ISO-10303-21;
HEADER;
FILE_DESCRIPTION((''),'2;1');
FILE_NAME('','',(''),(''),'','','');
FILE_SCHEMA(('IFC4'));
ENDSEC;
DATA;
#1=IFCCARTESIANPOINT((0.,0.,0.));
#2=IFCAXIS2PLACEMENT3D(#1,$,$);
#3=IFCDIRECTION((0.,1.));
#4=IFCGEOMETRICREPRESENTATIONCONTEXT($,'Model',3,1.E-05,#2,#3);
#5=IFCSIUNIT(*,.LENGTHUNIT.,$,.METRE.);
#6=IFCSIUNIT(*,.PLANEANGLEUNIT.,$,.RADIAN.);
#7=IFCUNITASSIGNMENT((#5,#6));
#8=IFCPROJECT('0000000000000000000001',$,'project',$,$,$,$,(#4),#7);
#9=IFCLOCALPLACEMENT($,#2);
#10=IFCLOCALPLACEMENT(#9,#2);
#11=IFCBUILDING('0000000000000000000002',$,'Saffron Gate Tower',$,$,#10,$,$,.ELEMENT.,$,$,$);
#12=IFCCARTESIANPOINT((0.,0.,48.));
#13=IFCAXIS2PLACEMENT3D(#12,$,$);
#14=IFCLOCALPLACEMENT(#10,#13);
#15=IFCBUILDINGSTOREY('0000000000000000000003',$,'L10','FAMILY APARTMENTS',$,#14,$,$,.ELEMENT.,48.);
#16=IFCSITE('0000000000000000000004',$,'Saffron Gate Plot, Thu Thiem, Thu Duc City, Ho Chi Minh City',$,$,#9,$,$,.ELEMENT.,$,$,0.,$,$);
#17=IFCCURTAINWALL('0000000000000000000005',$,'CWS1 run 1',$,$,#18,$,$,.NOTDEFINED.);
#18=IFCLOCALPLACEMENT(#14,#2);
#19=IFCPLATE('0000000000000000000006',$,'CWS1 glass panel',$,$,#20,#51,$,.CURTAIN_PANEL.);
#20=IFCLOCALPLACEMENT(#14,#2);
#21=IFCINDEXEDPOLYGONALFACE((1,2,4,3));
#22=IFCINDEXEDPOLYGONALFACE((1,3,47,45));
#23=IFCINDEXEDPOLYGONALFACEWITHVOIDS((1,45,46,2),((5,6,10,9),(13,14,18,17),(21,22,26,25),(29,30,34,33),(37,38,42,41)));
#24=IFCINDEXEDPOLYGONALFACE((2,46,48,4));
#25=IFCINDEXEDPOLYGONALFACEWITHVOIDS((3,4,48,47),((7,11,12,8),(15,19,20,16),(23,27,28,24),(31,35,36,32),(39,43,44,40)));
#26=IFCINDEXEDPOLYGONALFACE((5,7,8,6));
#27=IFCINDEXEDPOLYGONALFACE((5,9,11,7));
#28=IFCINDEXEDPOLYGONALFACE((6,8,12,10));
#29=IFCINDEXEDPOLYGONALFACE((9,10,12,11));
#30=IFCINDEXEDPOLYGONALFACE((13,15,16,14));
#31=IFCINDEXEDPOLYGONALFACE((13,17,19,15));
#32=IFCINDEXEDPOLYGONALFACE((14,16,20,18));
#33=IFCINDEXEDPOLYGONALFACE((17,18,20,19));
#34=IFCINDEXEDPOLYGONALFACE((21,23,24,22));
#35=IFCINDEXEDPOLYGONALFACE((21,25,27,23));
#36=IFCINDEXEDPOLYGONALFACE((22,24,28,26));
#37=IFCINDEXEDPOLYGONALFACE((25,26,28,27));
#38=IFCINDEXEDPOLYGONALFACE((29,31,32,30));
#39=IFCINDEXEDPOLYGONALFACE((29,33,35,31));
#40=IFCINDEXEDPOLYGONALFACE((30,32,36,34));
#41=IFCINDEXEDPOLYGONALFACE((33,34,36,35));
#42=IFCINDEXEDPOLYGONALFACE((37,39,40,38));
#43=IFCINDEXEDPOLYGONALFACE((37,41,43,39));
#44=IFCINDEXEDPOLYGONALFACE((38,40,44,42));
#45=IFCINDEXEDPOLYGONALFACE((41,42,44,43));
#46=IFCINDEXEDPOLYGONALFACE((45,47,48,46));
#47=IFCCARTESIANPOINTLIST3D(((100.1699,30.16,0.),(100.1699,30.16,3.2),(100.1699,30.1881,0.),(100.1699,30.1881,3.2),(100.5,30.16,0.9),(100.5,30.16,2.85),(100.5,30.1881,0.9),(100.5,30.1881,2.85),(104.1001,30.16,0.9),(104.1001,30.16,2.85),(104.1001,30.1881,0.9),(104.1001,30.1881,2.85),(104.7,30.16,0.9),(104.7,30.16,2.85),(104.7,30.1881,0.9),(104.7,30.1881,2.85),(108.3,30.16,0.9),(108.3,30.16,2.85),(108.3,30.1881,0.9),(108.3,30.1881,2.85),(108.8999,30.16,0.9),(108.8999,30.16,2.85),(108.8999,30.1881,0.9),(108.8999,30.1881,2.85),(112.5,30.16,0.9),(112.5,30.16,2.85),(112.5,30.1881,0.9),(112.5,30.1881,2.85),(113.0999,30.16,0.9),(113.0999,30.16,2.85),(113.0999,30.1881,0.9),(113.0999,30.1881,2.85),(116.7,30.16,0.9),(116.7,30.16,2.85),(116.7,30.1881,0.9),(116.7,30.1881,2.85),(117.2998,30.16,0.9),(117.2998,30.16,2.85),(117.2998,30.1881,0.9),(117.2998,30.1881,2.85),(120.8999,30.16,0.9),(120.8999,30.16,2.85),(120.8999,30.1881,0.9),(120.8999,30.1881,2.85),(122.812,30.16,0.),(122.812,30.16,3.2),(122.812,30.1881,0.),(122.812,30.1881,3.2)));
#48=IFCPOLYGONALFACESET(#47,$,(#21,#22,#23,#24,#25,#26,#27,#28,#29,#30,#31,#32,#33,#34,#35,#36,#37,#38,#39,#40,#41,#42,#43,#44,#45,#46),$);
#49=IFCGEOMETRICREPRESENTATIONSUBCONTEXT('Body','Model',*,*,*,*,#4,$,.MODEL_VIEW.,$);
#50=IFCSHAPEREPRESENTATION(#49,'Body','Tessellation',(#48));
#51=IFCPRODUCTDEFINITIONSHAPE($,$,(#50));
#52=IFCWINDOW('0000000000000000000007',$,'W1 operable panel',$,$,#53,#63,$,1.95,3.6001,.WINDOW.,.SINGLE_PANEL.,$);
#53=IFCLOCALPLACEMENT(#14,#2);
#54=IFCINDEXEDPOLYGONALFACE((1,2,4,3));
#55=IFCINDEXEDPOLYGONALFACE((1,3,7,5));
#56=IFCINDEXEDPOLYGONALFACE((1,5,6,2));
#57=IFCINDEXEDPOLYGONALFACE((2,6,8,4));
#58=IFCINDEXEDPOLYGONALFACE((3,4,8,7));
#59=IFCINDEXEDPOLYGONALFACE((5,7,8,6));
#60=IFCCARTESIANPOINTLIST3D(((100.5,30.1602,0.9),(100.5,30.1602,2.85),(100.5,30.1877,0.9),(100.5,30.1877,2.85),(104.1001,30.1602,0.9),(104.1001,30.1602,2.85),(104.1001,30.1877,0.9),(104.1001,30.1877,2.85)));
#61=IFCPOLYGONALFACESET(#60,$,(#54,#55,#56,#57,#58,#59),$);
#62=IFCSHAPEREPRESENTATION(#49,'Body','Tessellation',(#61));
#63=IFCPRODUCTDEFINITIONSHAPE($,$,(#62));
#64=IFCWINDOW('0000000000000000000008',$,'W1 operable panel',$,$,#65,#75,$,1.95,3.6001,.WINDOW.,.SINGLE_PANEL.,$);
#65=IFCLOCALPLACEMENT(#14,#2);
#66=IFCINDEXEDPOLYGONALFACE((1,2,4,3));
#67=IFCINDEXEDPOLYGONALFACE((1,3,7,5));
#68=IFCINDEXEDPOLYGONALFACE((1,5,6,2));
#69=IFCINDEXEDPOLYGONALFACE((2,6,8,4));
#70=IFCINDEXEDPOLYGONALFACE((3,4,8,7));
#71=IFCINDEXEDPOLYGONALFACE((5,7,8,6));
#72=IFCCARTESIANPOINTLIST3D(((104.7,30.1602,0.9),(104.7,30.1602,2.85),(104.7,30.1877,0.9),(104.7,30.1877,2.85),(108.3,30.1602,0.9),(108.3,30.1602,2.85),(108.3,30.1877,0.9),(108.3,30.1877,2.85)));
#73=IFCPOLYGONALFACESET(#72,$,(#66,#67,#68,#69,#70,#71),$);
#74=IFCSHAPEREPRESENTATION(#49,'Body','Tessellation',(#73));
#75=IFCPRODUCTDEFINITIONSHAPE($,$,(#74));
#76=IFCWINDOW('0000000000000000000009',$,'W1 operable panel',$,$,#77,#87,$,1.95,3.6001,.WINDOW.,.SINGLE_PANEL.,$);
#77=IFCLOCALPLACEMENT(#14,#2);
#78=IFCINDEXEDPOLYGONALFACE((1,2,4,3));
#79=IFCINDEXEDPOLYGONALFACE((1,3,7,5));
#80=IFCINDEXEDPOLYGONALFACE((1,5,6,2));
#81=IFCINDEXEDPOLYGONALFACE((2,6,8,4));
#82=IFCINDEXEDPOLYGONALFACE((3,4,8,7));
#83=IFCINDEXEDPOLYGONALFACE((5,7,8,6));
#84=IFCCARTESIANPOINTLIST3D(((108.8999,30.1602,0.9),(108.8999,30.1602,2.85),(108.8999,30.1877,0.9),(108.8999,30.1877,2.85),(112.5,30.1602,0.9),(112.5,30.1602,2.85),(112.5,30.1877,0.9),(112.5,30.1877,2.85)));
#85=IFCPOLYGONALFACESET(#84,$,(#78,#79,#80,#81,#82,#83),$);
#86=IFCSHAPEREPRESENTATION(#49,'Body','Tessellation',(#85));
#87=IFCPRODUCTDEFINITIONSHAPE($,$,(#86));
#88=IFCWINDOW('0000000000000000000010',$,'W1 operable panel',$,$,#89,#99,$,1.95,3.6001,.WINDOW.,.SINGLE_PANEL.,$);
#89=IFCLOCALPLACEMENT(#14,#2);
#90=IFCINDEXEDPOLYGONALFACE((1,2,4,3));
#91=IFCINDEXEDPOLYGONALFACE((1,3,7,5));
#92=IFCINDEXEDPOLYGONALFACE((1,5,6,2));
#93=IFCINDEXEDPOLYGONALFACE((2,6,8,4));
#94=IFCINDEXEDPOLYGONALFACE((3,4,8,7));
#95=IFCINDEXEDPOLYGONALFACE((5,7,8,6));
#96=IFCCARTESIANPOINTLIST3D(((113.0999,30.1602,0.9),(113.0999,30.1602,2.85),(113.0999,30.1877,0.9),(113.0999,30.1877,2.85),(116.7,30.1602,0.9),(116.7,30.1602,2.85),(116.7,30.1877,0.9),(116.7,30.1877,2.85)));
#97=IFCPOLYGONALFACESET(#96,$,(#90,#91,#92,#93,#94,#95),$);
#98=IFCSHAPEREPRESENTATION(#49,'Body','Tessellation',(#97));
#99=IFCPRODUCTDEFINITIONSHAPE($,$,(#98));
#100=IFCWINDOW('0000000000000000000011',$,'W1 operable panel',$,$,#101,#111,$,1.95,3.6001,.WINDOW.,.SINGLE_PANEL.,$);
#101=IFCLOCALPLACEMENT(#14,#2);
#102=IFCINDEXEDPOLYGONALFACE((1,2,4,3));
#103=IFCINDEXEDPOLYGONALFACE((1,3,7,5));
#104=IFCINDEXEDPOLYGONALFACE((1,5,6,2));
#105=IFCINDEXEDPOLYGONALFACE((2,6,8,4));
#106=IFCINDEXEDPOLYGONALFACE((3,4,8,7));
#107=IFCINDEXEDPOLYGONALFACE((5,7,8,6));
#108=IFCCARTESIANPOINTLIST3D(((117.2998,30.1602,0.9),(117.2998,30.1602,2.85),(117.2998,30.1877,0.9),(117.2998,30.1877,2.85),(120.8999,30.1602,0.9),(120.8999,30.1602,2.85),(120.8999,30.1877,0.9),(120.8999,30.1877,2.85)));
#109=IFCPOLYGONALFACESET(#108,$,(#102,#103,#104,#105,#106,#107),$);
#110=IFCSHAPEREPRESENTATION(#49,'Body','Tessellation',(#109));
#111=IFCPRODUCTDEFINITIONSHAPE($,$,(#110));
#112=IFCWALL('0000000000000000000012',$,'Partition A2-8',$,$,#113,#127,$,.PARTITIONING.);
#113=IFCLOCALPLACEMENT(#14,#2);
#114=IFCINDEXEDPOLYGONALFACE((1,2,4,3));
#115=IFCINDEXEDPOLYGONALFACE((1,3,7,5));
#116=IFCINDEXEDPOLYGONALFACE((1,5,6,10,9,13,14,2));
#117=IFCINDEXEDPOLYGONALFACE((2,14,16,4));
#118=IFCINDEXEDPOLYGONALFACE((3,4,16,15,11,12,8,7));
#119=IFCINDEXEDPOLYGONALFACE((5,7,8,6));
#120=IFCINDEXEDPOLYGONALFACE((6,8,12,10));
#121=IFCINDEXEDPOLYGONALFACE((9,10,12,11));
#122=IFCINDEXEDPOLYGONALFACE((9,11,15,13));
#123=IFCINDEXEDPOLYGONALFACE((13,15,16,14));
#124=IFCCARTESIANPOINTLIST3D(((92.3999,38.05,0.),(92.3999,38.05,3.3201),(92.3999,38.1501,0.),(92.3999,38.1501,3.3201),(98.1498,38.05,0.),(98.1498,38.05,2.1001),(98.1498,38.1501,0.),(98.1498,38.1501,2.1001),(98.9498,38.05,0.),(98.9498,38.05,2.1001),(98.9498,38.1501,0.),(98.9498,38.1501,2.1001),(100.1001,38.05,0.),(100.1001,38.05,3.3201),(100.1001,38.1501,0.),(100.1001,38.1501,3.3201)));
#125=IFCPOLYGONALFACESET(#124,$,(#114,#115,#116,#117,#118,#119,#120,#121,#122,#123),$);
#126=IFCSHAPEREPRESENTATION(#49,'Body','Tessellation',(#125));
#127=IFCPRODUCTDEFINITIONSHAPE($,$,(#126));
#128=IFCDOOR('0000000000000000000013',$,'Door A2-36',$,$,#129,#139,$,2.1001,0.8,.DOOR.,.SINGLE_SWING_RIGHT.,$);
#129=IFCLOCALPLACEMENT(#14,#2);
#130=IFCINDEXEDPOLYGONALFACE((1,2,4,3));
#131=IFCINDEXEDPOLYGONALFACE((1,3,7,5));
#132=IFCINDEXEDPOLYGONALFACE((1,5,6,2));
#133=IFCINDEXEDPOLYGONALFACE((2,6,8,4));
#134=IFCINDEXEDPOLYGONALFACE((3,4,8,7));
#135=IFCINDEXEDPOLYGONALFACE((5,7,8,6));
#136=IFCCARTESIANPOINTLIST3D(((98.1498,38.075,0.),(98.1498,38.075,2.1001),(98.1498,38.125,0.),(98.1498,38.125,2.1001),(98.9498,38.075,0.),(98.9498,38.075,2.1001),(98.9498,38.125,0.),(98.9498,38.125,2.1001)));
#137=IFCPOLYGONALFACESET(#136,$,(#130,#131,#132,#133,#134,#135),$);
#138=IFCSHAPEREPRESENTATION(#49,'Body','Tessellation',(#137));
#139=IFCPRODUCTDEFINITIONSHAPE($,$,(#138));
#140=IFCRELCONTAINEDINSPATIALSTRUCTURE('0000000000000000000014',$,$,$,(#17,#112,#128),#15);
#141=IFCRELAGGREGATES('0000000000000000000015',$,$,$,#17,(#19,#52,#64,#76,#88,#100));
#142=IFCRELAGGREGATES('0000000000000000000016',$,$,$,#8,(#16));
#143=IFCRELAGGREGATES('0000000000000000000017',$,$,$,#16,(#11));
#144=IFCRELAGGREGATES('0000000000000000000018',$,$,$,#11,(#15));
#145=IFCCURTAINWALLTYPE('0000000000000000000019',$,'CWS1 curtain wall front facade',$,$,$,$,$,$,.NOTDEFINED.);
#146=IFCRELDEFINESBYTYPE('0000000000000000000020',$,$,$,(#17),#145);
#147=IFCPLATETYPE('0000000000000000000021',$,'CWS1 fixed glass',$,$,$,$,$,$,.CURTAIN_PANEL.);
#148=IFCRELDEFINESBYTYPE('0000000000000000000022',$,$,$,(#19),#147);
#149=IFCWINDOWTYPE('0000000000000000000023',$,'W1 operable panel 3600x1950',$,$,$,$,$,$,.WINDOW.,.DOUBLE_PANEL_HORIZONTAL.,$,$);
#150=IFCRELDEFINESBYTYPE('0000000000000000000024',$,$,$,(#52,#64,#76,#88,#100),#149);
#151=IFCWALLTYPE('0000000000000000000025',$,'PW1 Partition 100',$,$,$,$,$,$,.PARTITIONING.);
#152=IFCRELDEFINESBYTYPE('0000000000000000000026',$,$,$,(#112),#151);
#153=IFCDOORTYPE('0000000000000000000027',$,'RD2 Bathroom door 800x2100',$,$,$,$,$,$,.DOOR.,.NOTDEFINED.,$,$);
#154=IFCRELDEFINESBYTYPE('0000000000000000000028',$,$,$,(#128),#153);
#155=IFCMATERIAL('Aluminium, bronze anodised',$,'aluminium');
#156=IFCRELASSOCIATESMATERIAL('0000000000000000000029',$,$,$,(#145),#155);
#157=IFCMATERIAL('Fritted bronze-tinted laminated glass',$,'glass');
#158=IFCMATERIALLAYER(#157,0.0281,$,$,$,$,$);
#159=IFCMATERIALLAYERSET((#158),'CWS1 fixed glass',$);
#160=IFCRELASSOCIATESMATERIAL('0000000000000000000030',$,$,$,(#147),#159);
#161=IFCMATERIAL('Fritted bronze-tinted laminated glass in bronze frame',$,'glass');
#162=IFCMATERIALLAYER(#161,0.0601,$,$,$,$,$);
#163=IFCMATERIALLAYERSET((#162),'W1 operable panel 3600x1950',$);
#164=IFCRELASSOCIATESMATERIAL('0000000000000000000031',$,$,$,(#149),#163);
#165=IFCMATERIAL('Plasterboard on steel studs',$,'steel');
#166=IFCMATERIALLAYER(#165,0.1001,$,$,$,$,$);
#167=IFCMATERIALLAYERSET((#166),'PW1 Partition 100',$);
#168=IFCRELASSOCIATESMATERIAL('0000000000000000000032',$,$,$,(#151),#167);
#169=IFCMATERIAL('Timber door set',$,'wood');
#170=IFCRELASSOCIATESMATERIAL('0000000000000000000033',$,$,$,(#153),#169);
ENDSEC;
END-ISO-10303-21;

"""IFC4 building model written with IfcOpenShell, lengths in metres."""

from ifc_helpers import new_model, si_unit, direction, frame, frame_2d, origin, place, context, subcontext, project, spatial, rectangle, extrude, material, layer, layer_set, type_object, element, fill, aggregate, save


model = new_model("IFC4")

# Units and contexts
model_context = context("Model", 3, precision=1e-05, world=origin(), true_north=direction((0.0, 1.0)))
body_context = subcontext(model_context, "Body", "Model", "MODEL_VIEW")
ifc_project = project(units=[si_unit("LENGTHUNIT", "METRE"), si_unit("PLANEANGLEUNIT", "RADIAN")], contexts=[model_context])

# Site, building, storey
site_placement = place(None, origin())
site = spatial("IfcSite", under=ifc_project, at=site_placement, Name="Saffron Gate Plot, Thu Thiem, Thu Duc City, Ho Chi Minh City", CompositionType="ELEMENT", RefElevation=0.0)
building_placement = place(site_placement, origin())
building = spatial("IfcBuilding", under=site, at=building_placement, Name="Saffron Gate Tower", CompositionType="ELEMENT")
storey_placement = place(building_placement, frame((0.0, 0.0, 48.0)))
storey = spatial("IfcBuildingStorey", under=building, at=storey_placement, Name="L10", Description="FAMILY APARTMENTS", CompositionType="ELEMENT", Elevation=48.0)

# Curtain wall, plate, openings, windows
ifc_material_1 = material(Name="Aluminium, bronze anodised", Category="aluminium")
curtain_wall_type = type_object("IfcCurtainWallType", Name="CWS1 curtain wall front facade", PredefinedType="NOTDEFINED", material=ifc_material_1)
curtain_wall_placement = place(storey_placement, origin())
curtain_wall = element("IfcCurtainWall", 1, at=curtain_wall_placement, inside=storey, type_object=curtain_wall_type, Name="CWS1 run 1", PredefinedType="NOTDEFINED")
ifc_material_2 = material(Name="Fritted bronze-tinted laminated glass", Category="glass")
ifc_layer_1 = layer(ifc_material_2, 0.0281)
ifc_layer_set_1 = layer_set([ifc_layer_1], Name="CWS1 fixed glass")
plate_type = type_object("IfcPlateType", Name="CWS1 fixed glass", PredefinedType="CURTAIN_PANEL", material=ifc_layer_set_1)
plate_placement = place(storey_placement, frame((100.1699, 30.1741, 0.0), z_axis=(0.0, 0.0, 1.0), x_axis=(1.0, 0.0, 0.0)))
plate = element("IfcPlate", 2, at=plate_placement, type_object=plate_type, Name="CWS1 glass panel", PredefinedType="CURTAIN_PANEL", context=body_context, shape_type="SweptSolid", body=[
    extrude(rectangle(XDim=22.6421, YDim=0.0281, at=frame_2d((11.321, 0.0))), origin(), (0.0, 0.0, 1.0), 3.2),
])
opening_1_placement = place(plate_placement, frame((0.3301, 0.0, 0.8999)))
opening_1 = element("IfcOpeningElement", 3, at=opening_1_placement, cuts=plate, PredefinedType="OPENING", context=body_context, shape_type="SweptSolid", body=[
    extrude(rectangle(XDim=3.6001, YDim=1.95, at=frame_2d((1.8, 0.9751))), frame((0.0, 0.0239, 0.0), z_axis=(0.0, -1.0, 0.0), x_axis=(1.0, 0.0, 0.0)), (0.0, 0.0, 1.0), 0.0481),
])
opening_2_placement = place(plate_placement, frame((4.53, 0.0, 0.8999)))
opening_2 = element("IfcOpeningElement", 4, at=opening_2_placement, cuts=plate, PredefinedType="OPENING", context=body_context, shape_type="SweptSolid", body=[
    extrude(rectangle(XDim=3.6001, YDim=1.95, at=frame_2d((1.8, 0.9751))), frame((0.0, 0.0239, 0.0), z_axis=(0.0, -1.0, 0.0), x_axis=(1.0, 0.0, 0.0)), (0.0, 0.0, 1.0), 0.0481),
])
opening_3_placement = place(plate_placement, frame((8.73, 0.0, 0.8999)))
opening_3 = element("IfcOpeningElement", 5, at=opening_3_placement, cuts=plate, PredefinedType="OPENING", context=body_context, shape_type="SweptSolid", body=[
    extrude(rectangle(XDim=3.6001, YDim=1.95, at=frame_2d((1.8, 0.9751))), frame((0.0, 0.0239, 0.0), z_axis=(0.0, -1.0, 0.0), x_axis=(1.0, 0.0, 0.0)), (0.0, 0.0, 1.0), 0.0481),
])
opening_4_placement = place(plate_placement, frame((12.9299, 0.0, 0.8999)))
opening_4 = element("IfcOpeningElement", 6, at=opening_4_placement, cuts=plate, PredefinedType="OPENING", context=body_context, shape_type="SweptSolid", body=[
    extrude(rectangle(XDim=3.6001, YDim=1.95, at=frame_2d((1.8, 0.9751))), frame((0.0, 0.0239, 0.0), z_axis=(0.0, -1.0, 0.0), x_axis=(1.0, 0.0, 0.0)), (0.0, 0.0, 1.0), 0.0481),
])
opening_5_placement = place(plate_placement, frame((17.1299, 0.0, 0.8999)))
opening_5 = element("IfcOpeningElement", 7, at=opening_5_placement, cuts=plate, PredefinedType="OPENING", context=body_context, shape_type="SweptSolid", body=[
    extrude(rectangle(XDim=3.6001, YDim=1.95, at=frame_2d((1.8, 0.9751))), frame((0.0, 0.0239, 0.0), z_axis=(0.0, -1.0, 0.0), x_axis=(1.0, 0.0, 0.0)), (0.0, 0.0, 1.0), 0.0481),
])
ifc_material_3 = material(Name="Fritted bronze-tinted laminated glass in bronze frame", Category="glass")
ifc_layer_2 = layer(ifc_material_3, 0.0601)
ifc_layer_set_2 = layer_set([ifc_layer_2], Name="W1 operable panel 3600x1950")
window_type = type_object("IfcWindowType", Name="W1 operable panel 3600x1950", PartitioningType="DOUBLE_PANEL_HORIZONTAL", PredefinedType="WINDOW", material=ifc_layer_set_2)
window_1_placement = place(opening_1_placement, origin())
window_1 = element("IfcWindow", 8, at=window_1_placement, type_object=window_type, Name="W1 operable panel", OverallHeight=1.95, OverallWidth=3.6001, PartitioningType="SINGLE_PANEL", PredefinedType="WINDOW", context=body_context, shape_type="SweptSolid", body=[
    extrude(rectangle(XDim=3.6001, YDim=1.95, at=frame_2d((1.8, 0.9751))), frame((0.0, 0.0137, 0.0), z_axis=(0.0, -1.0, 0.0), x_axis=(1.0, 0.0, 0.0)), (0.0, 0.0, 1.0), 0.0276),
])
fill(opening_1, window_1)
window_2_placement = place(opening_2_placement, origin())
window_2 = element("IfcWindow", 9, at=window_2_placement, type_object=window_type, Name="W1 operable panel", OverallHeight=1.95, OverallWidth=3.6001, PartitioningType="SINGLE_PANEL", PredefinedType="WINDOW", context=body_context, shape_type="SweptSolid", body=[
    extrude(rectangle(XDim=3.6001, YDim=1.95, at=frame_2d((1.8, 0.9751))), frame((0.0, 0.0137, 0.0), z_axis=(0.0, -1.0, 0.0), x_axis=(1.0, 0.0, 0.0)), (0.0, 0.0, 1.0), 0.0276),
])
fill(opening_2, window_2)
window_3_placement = place(opening_3_placement, origin())
window_3 = element("IfcWindow", 10, at=window_3_placement, type_object=window_type, Name="W1 operable panel", OverallHeight=1.95, OverallWidth=3.6001, PartitioningType="SINGLE_PANEL", PredefinedType="WINDOW", context=body_context, shape_type="SweptSolid", body=[
    extrude(rectangle(XDim=3.6001, YDim=1.95, at=frame_2d((1.8, 0.9751))), frame((0.0, 0.0137, 0.0), z_axis=(0.0, -1.0, 0.0), x_axis=(1.0, 0.0, 0.0)), (0.0, 0.0, 1.0), 0.0276),
])
fill(opening_3, window_3)
window_4_placement = place(opening_4_placement, origin())
window_4 = element("IfcWindow", 11, at=window_4_placement, type_object=window_type, Name="W1 operable panel", OverallHeight=1.95, OverallWidth=3.6001, PartitioningType="SINGLE_PANEL", PredefinedType="WINDOW", context=body_context, shape_type="SweptSolid", body=[
    extrude(rectangle(XDim=3.6001, YDim=1.95, at=frame_2d((1.8, 0.9751))), frame((0.0, 0.0137, 0.0), z_axis=(0.0, -1.0, 0.0), x_axis=(1.0, 0.0, 0.0)), (0.0, 0.0, 1.0), 0.0276),
])
fill(opening_4, window_4)
window_5_placement = place(opening_5_placement, origin())
window_5 = element("IfcWindow", 12, at=window_5_placement, type_object=window_type, Name="W1 operable panel", OverallHeight=1.95, OverallWidth=3.6001, PartitioningType="SINGLE_PANEL", PredefinedType="WINDOW", context=body_context, shape_type="SweptSolid", body=[
    extrude(rectangle(XDim=3.6001, YDim=1.95, at=frame_2d((1.8, 0.9751))), frame((0.0, 0.0137, 0.0), z_axis=(0.0, -1.0, 0.0), x_axis=(1.0, 0.0, 0.0)), (0.0, 0.0, 1.0), 0.0276),
])
fill(opening_5, window_5)
aggregate(curtain_wall, [plate, window_1, window_2, window_3, window_4, window_5])

# Wall, opening, door
ifc_material_4 = material(Name="Plasterboard on steel studs", Category="steel")
ifc_layer_3 = layer(ifc_material_4, 0.1001)
ifc_layer_set_3 = layer_set([ifc_layer_3], Name="PW1 Partition 100")
wall_type_1 = type_object("IfcWallType", Name="PW1 Partition 100", PredefinedType="PARTITIONING", material=ifc_layer_set_3)
wall_1_placement = place(storey_placement, frame((92.3999, 38.1001, 0.0), z_axis=(0.0, 0.0, 1.0), x_axis=(1.0, 0.0, 0.0)))
wall_1 = element("IfcWall", 13, at=wall_1_placement, inside=storey, type_object=wall_type_1, Name="Partition A2-8", PredefinedType="PARTITIONING", context=body_context, shape_type="SweptSolid", body=[
    extrude(rectangle(XDim=7.7002, YDim=0.1001, at=frame_2d((3.8501, 0.0))), origin(), (0.0, 0.0, 1.0), 3.3201),
])
opening_6_placement = place(wall_1_placement, frame((5.75, 0.0, 0.0)))
opening_6 = element("IfcOpeningElement", 14, at=opening_6_placement, cuts=wall_1, PredefinedType="OPENING", context=body_context, shape_type="SweptSolid", body=[
    extrude(rectangle(XDim=0.8, YDim=2.1001, at=frame_2d((0.3999, 1.05))), frame((0.0, 0.0601, 0.0), z_axis=(0.0, -1.0, 0.0), x_axis=(1.0, 0.0, 0.0)), (0.0, 0.0, 1.0), 0.1201),
])
ifc_material_5 = material(Name="Timber door set", Category="wood")
door_type_1 = type_object("IfcDoorType", Name="RD2 Bathroom door 800x2100", OperationType="NOTDEFINED", PredefinedType="DOOR", material=ifc_material_5)
door_1_placement = place(opening_6_placement, origin())
door_1 = element("IfcDoor", 15, at=door_1_placement, inside=storey, type_object=door_type_1, Name="Door A2-36", OperationType="SINGLE_SWING_RIGHT", OverallHeight=2.1001, OverallWidth=0.8, PredefinedType="DOOR", context=body_context, shape_type="SweptSolid", body=[
    extrude(rectangle(XDim=0.8, YDim=2.1001, at=frame_2d((0.3999, 1.05))), frame((0.0, 0.0249, 0.0), z_axis=(0.0, -1.0, 0.0), x_axis=(1.0, 0.0, 0.0)), (0.0, 0.0, 1.0), 0.05),
])
fill(opening_6, door_1)

save(model, "model.ifc")
